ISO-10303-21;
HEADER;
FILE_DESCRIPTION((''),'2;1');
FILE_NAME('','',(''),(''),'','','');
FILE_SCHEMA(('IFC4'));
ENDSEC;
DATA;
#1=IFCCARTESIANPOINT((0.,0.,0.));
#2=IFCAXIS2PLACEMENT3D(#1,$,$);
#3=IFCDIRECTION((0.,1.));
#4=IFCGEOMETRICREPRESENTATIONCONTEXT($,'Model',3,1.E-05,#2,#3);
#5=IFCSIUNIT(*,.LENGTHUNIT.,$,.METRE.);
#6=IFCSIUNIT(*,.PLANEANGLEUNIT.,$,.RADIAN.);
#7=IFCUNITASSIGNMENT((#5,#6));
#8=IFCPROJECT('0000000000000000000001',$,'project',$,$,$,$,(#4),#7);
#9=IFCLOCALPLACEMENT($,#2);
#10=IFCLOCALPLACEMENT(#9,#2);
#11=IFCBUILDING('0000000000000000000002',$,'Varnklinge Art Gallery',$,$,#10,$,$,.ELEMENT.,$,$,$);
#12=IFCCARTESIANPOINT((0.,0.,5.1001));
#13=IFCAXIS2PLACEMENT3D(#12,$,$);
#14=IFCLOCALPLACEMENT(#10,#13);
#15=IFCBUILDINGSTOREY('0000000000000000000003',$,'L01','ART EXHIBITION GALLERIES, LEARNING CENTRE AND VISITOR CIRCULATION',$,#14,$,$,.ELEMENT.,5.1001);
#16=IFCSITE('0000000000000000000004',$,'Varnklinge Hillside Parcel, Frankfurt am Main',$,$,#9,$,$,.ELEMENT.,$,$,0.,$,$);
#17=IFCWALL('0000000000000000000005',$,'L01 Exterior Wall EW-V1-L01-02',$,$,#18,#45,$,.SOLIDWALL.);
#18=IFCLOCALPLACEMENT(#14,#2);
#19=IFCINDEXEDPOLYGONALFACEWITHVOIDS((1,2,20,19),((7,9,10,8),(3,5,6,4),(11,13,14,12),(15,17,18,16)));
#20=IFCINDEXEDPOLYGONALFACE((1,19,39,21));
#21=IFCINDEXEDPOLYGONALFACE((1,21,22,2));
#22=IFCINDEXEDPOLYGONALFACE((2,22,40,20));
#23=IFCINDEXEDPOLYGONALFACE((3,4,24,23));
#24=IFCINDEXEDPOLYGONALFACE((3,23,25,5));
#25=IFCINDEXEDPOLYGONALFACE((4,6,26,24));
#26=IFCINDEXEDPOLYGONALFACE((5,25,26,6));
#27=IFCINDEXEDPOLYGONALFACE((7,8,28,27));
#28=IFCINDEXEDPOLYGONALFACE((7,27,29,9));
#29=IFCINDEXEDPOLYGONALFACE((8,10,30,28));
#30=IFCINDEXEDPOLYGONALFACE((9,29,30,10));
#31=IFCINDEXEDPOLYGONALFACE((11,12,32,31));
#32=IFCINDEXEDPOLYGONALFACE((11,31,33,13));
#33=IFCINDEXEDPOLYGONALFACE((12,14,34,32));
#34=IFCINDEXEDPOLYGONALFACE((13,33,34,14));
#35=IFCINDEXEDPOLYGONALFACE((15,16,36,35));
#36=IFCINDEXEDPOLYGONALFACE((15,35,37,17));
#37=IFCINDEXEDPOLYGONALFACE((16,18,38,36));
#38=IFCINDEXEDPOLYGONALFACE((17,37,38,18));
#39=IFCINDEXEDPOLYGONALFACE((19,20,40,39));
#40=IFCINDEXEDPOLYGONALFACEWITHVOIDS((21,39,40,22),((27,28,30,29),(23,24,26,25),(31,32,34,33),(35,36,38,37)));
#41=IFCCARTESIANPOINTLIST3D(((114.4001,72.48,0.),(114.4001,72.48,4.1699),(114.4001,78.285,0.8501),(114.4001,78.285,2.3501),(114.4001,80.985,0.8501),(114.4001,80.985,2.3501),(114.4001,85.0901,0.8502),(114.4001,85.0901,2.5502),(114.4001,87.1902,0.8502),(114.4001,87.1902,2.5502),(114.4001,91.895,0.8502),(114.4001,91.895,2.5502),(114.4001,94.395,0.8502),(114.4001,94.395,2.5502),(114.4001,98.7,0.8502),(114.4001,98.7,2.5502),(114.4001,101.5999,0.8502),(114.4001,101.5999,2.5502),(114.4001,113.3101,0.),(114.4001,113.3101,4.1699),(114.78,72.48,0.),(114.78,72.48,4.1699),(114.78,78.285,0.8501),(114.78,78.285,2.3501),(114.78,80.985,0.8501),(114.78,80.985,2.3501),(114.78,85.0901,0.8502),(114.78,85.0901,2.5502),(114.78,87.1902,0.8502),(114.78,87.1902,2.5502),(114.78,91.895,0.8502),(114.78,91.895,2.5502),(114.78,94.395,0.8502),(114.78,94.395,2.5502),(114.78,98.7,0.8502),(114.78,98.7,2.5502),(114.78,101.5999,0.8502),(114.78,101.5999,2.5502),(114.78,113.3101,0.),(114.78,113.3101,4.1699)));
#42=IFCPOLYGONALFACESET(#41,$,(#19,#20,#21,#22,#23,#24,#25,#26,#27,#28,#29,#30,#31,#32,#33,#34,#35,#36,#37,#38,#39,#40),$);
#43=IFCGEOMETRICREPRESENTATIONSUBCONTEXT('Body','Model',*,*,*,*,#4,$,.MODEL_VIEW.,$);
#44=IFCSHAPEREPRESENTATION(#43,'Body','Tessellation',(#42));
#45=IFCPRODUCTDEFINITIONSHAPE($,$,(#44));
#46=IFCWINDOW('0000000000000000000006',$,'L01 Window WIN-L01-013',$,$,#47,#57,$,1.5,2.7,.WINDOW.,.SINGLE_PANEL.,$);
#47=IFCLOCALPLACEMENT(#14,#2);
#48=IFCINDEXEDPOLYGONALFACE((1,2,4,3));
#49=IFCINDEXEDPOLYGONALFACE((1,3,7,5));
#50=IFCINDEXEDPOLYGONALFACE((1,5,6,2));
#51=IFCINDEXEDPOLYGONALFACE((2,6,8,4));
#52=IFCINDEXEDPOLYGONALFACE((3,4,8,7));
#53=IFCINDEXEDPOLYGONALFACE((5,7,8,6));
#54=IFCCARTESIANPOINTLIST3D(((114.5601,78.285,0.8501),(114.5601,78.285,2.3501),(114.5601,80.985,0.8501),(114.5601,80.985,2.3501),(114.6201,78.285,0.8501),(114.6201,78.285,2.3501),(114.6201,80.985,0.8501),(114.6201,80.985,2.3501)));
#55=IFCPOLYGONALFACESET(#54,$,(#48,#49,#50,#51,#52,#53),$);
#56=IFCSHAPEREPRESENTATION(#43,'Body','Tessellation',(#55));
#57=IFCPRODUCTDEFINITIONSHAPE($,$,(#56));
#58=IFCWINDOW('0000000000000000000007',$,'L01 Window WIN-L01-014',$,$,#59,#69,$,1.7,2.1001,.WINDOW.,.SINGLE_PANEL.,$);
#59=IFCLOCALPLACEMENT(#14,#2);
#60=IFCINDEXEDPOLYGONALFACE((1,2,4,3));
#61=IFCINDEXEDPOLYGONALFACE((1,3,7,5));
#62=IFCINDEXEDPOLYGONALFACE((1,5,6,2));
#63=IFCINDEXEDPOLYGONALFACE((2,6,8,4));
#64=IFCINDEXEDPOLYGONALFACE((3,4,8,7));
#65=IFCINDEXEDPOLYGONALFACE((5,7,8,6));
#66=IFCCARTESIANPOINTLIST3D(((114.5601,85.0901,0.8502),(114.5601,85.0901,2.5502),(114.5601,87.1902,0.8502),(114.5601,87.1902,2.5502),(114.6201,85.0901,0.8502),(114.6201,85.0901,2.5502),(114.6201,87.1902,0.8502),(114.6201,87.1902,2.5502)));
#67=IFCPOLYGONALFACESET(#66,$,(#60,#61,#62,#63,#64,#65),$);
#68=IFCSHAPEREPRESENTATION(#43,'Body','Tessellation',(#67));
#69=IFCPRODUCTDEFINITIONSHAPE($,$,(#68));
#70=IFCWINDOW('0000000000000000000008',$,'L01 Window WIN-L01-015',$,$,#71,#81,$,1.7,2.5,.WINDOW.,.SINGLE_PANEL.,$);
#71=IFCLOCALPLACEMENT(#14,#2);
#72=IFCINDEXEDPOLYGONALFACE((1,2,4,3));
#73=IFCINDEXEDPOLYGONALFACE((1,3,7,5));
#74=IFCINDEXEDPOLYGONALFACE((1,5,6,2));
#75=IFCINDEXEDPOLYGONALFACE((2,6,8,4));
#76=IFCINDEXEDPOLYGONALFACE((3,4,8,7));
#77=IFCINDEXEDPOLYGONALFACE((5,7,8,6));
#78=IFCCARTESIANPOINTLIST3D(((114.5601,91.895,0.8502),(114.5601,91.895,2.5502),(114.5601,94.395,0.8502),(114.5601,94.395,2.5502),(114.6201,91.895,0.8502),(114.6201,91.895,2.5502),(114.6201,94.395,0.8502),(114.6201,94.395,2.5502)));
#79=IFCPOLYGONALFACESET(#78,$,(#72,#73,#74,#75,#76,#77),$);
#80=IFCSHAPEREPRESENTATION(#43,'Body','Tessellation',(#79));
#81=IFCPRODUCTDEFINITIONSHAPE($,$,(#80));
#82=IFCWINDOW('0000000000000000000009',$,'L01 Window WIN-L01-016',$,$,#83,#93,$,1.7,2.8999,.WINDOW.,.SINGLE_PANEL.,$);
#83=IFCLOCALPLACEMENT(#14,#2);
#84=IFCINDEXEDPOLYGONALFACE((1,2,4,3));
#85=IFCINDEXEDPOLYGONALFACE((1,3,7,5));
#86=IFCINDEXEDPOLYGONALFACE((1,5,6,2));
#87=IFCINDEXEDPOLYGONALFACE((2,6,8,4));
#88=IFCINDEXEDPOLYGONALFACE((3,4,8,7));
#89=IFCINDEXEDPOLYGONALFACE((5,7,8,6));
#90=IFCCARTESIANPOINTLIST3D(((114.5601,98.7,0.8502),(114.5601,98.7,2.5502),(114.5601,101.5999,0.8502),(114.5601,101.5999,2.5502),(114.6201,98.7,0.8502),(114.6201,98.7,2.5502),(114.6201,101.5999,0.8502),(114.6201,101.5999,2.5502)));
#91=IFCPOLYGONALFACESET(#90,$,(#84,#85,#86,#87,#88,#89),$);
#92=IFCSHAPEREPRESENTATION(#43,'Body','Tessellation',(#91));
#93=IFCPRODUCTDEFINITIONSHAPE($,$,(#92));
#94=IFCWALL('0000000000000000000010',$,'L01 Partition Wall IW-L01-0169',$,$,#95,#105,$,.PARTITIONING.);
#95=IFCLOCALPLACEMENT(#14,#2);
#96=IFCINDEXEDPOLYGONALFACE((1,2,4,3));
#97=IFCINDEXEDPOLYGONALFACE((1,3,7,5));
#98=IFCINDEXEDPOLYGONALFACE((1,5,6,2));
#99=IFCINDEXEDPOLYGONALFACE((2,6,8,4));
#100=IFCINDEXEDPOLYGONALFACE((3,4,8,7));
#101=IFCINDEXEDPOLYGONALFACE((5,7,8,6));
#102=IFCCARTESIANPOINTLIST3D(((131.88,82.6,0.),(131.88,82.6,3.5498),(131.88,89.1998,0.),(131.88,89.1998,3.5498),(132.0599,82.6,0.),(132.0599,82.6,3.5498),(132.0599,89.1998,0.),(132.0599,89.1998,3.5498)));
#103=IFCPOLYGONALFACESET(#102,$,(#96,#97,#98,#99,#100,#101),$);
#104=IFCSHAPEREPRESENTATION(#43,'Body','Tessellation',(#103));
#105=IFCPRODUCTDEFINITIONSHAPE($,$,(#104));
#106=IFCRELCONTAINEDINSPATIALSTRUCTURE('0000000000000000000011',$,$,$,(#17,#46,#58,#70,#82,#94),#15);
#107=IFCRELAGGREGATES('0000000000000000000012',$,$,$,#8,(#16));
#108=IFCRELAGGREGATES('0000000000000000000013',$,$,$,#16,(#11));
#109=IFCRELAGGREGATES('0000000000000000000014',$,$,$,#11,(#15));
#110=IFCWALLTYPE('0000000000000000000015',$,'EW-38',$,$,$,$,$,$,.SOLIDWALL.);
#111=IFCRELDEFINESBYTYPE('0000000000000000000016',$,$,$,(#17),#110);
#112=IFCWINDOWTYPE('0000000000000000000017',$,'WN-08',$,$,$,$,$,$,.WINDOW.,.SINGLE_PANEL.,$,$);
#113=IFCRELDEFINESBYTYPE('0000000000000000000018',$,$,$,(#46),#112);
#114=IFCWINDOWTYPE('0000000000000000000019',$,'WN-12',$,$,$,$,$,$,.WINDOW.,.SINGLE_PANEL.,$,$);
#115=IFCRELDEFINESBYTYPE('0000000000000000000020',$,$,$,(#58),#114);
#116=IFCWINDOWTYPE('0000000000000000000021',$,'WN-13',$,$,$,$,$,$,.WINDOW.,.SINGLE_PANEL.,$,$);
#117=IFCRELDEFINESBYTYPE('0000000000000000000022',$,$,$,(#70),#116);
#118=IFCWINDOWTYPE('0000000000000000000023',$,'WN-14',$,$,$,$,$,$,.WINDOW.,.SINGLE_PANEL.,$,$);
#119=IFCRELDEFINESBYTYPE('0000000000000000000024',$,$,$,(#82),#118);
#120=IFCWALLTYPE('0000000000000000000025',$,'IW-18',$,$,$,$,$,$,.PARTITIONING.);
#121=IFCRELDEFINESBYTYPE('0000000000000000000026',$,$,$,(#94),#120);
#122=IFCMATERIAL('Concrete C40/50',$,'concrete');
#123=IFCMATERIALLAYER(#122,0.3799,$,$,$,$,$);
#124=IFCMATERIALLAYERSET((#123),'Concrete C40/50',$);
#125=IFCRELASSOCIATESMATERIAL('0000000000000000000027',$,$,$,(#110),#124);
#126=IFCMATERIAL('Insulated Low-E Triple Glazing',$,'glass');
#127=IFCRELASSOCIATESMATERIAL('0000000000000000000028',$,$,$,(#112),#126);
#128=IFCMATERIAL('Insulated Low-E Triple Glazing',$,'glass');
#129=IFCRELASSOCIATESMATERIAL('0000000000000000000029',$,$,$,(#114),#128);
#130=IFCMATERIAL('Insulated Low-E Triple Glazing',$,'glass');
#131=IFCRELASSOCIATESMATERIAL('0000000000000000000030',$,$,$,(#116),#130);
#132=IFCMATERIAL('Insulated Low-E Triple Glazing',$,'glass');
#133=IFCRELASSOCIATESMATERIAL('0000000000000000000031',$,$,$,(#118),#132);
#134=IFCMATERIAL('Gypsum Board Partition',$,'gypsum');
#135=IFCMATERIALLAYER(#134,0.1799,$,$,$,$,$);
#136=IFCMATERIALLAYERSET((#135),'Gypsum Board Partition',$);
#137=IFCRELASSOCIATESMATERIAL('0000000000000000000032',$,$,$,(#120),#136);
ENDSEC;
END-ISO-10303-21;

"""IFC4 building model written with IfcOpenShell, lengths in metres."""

from ifc_helpers import new_model, si_unit, direction, frame, frame_2d, origin, place, context, subcontext, project, spatial, rectangle, extrude, material, layer, layer_set, type_object, element, fill, save


model = new_model("IFC4")

# Units and contexts
model_context = context("Model", 3, precision=1e-05, world=origin(), true_north=direction((0.0, 1.0)))
body_context = subcontext(model_context, "Body", "Model", "MODEL_VIEW")
ifc_project = project(units=[si_unit("LENGTHUNIT", "METRE"), si_unit("PLANEANGLEUNIT", "RADIAN")], contexts=[model_context])

# Site, building, storey
site_placement = place(None, origin())
site = spatial("IfcSite", under=ifc_project, at=site_placement, Name="Varnklinge Hillside Parcel, Frankfurt am Main", CompositionType="ELEMENT", RefElevation=0.0)
building_placement = place(site_placement, origin())
building = spatial("IfcBuilding", under=site, at=building_placement, Name="Varnklinge Art Gallery", CompositionType="ELEMENT")
storey_placement = place(building_placement, frame((0.0, 0.0, 5.1001)))
storey = spatial("IfcBuildingStorey", under=building, at=storey_placement, Name="L01", Description="ART EXHIBITION GALLERIES, LEARNING CENTRE AND VISITOR CIRCULATION", CompositionType="ELEMENT", Elevation=5.1001)

# Wall, openings, windows
ifc_material_1 = material(Name="Concrete C40/50", Category="concrete")
ifc_layer_1 = layer(ifc_material_1, 0.3799)
ifc_layer_set_1 = layer_set([ifc_layer_1], Name="Concrete C40/50")
wall_type_1 = type_object("IfcWallType", Name="EW-38", PredefinedType="SOLIDWALL", material=ifc_layer_set_1)
wall_1_placement = place(storey_placement, frame((114.5901, 72.48, 0.0), z_axis=(0.0, 0.0, 1.0), x_axis=(0.0, 1.0, 0.0)))
wall_1 = element("IfcWall", 1, at=wall_1_placement, inside=storey, type_object=wall_type_1, Name="L01 Exterior Wall EW-V1-L01-02", PredefinedType="SOLIDWALL", context=body_context, shape_type="SweptSolid", body=[
    extrude(rectangle(XDim=40.8301, YDim=0.3799, at=frame_2d((20.415, 0.0))), origin(), (0.0, 0.0, 1.0), 4.1699),
])
opening_1_placement = place(wall_1_placement, frame((5.8049, 0.0, 0.8501)))
opening_1 = element("IfcOpeningElement", 2, at=opening_1_placement, cuts=wall_1, PredefinedType="OPENING", context=body_context, shape_type="SweptSolid", body=[
    extrude(rectangle(XDim=2.7, YDim=1.5, at=frame_2d((1.3501, 0.75))), frame((0.0, 0.2, 0.0), z_axis=(0.0, -1.0, 0.0), x_axis=(1.0, 0.0, 0.0)), (0.0, 0.0, 1.0), 0.3999),
])
opening_2_placement = place(wall_1_placement, frame((12.6101, 0.0, 0.8501)))
opening_2 = element("IfcOpeningElement", 3, at=opening_2_placement, cuts=wall_1, PredefinedType="OPENING", context=body_context, shape_type="SweptSolid", body=[
    extrude(rectangle(XDim=2.1001, YDim=1.7, at=frame_2d((1.05, 0.8501))), frame((0.0, 0.2, 0.0), z_axis=(0.0, -1.0, 0.0), x_axis=(1.0, 0.0, 0.0)), (0.0, 0.0, 1.0), 0.3999),
])
opening_3_placement = place(wall_1_placement, frame((19.415, 0.0, 0.8501)))
opening_3 = element("IfcOpeningElement", 4, at=opening_3_placement, cuts=wall_1, PredefinedType="OPENING", context=body_context, shape_type="SweptSolid", body=[
    extrude(rectangle(XDim=2.5, YDim=1.7, at=frame_2d((1.25, 0.8501))), frame((0.0, 0.2, 0.0), z_axis=(0.0, -1.0, 0.0), x_axis=(1.0, 0.0, 0.0)), (0.0, 0.0, 1.0), 0.3999),
])
opening_4_placement = place(wall_1_placement, frame((26.22, 0.0, 0.8501)))
opening_4 = element("IfcOpeningElement", 5, at=opening_4_placement, cuts=wall_1, PredefinedType="OPENING", context=body_context, shape_type="SweptSolid", body=[
    extrude(rectangle(XDim=2.8999, YDim=1.7, at=frame_2d((1.45, 0.8501))), frame((0.0, 0.2, 0.0), z_axis=(0.0, -1.0, 0.0), x_axis=(1.0, 0.0, 0.0)), (0.0, 0.0, 1.0), 0.3999),
])
ifc_material_2 = material(Name="Insulated Low-E Triple Glazing", Category="glass")
window_type_1 = type_object("IfcWindowType", Name="WN-08", PartitioningType="SINGLE_PANEL", PredefinedType="WINDOW", material=ifc_material_2)
window_1_placement = place(opening_1_placement, origin())
window_1 = element("IfcWindow", 6, at=window_1_placement, inside=storey, type_object=window_type_1, Name="L01 Window WIN-L01-013", OverallHeight=1.5, OverallWidth=2.7, PartitioningType="SINGLE_PANEL", PredefinedType="WINDOW", context=body_context, shape_type="SweptSolid", body=[
    extrude(rectangle(XDim=2.7, YDim=1.5, at=frame_2d((1.3501, 0.75))), frame((0.0, 0.03, 0.0), z_axis=(0.0, -1.0, 0.0), x_axis=(1.0, 0.0, 0.0)), (0.0, 0.0, 1.0), 0.0601),
])
fill(opening_1, window_1)
ifc_material_3 = material(Name="Insulated Low-E Triple Glazing", Category="glass")
window_type_2 = type_object("IfcWindowType", Name="WN-12", PartitioningType="SINGLE_PANEL", PredefinedType="WINDOW", material=ifc_material_3)
window_2_placement = place(opening_2_placement, origin())
window_2 = element("IfcWindow", 7, at=window_2_placement, inside=storey, type_object=window_type_2, Name="L01 Window WIN-L01-014", OverallHeight=1.7, OverallWidth=2.1001, PartitioningType="SINGLE_PANEL", PredefinedType="WINDOW", context=body_context, shape_type="SweptSolid", body=[
    extrude(rectangle(XDim=2.1001, YDim=1.7, at=frame_2d((1.05, 0.8501))), frame((0.0, 0.03, 0.0), z_axis=(0.0, -1.0, 0.0), x_axis=(1.0, 0.0, 0.0)), (0.0, 0.0, 1.0), 0.0601),
])
fill(opening_2, window_2)
ifc_material_4 = material(Name="Insulated Low-E Triple Glazing", Category="glass")
window_type_3 = type_object("IfcWindowType", Name="WN-13", PartitioningType="SINGLE_PANEL", PredefinedType="WINDOW", material=ifc_material_4)
window_3_placement = place(opening_3_placement, origin())
window_3 = element("IfcWindow", 8, at=window_3_placement, inside=storey, type_object=window_type_3, Name="L01 Window WIN-L01-015", OverallHeight=1.7, OverallWidth=2.5, PartitioningType="SINGLE_PANEL", PredefinedType="WINDOW", context=body_context, shape_type="SweptSolid", body=[
    extrude(rectangle(XDim=2.5, YDim=1.7, at=frame_2d((1.25, 0.8501))), frame((0.0, 0.03, 0.0), z_axis=(0.0, -1.0, 0.0), x_axis=(1.0, 0.0, 0.0)), (0.0, 0.0, 1.0), 0.0601),
])
fill(opening_3, window_3)
ifc_material_5 = material(Name="Insulated Low-E Triple Glazing", Category="glass")
window_type_4 = type_object("IfcWindowType", Name="WN-14", PartitioningType="SINGLE_PANEL", PredefinedType="WINDOW", material=ifc_material_5)
window_4_placement = place(opening_4_placement, origin())
window_4 = element("IfcWindow", 9, at=window_4_placement, inside=storey, type_object=window_type_4, Name="L01 Window WIN-L01-016", OverallHeight=1.7, OverallWidth=2.8999, PartitioningType="SINGLE_PANEL", PredefinedType="WINDOW", context=body_context, shape_type="SweptSolid", body=[
    extrude(rectangle(XDim=2.8999, YDim=1.7, at=frame_2d((1.45, 0.8501))), frame((0.0, 0.03, 0.0), z_axis=(0.0, -1.0, 0.0), x_axis=(1.0, 0.0, 0.0)), (0.0, 0.0, 1.0), 0.0601),
])
fill(opening_4, window_4)

# Wall
ifc_material_6 = material(Name="Gypsum Board Partition", Category="gypsum")
ifc_layer_2 = layer(ifc_material_6, 0.1799)
ifc_layer_set_2 = layer_set([ifc_layer_2], Name="Gypsum Board Partition")
wall_type_2 = type_object("IfcWallType", Name="IW-18", PredefinedType="PARTITIONING", material=ifc_layer_set_2)
wall_2_placement = place(storey_placement, frame((131.97, 82.6001, 0.0), z_axis=(0.0, 0.0, 1.0), x_axis=(0.0, 1.0, 0.0)))
element("IfcWall", 10, at=wall_2_placement, inside=storey, type_object=wall_type_2, Name="L01 Partition Wall IW-L01-0169", PredefinedType="PARTITIONING", context=body_context, shape_type="SweptSolid", body=[
    extrude(rectangle(XDim=6.5999, YDim=0.1799, at=frame_2d((3.2998, 0.0))), origin(), (0.0, 0.0, 1.0), 3.5498),
])

save(model, "model.ifc")
